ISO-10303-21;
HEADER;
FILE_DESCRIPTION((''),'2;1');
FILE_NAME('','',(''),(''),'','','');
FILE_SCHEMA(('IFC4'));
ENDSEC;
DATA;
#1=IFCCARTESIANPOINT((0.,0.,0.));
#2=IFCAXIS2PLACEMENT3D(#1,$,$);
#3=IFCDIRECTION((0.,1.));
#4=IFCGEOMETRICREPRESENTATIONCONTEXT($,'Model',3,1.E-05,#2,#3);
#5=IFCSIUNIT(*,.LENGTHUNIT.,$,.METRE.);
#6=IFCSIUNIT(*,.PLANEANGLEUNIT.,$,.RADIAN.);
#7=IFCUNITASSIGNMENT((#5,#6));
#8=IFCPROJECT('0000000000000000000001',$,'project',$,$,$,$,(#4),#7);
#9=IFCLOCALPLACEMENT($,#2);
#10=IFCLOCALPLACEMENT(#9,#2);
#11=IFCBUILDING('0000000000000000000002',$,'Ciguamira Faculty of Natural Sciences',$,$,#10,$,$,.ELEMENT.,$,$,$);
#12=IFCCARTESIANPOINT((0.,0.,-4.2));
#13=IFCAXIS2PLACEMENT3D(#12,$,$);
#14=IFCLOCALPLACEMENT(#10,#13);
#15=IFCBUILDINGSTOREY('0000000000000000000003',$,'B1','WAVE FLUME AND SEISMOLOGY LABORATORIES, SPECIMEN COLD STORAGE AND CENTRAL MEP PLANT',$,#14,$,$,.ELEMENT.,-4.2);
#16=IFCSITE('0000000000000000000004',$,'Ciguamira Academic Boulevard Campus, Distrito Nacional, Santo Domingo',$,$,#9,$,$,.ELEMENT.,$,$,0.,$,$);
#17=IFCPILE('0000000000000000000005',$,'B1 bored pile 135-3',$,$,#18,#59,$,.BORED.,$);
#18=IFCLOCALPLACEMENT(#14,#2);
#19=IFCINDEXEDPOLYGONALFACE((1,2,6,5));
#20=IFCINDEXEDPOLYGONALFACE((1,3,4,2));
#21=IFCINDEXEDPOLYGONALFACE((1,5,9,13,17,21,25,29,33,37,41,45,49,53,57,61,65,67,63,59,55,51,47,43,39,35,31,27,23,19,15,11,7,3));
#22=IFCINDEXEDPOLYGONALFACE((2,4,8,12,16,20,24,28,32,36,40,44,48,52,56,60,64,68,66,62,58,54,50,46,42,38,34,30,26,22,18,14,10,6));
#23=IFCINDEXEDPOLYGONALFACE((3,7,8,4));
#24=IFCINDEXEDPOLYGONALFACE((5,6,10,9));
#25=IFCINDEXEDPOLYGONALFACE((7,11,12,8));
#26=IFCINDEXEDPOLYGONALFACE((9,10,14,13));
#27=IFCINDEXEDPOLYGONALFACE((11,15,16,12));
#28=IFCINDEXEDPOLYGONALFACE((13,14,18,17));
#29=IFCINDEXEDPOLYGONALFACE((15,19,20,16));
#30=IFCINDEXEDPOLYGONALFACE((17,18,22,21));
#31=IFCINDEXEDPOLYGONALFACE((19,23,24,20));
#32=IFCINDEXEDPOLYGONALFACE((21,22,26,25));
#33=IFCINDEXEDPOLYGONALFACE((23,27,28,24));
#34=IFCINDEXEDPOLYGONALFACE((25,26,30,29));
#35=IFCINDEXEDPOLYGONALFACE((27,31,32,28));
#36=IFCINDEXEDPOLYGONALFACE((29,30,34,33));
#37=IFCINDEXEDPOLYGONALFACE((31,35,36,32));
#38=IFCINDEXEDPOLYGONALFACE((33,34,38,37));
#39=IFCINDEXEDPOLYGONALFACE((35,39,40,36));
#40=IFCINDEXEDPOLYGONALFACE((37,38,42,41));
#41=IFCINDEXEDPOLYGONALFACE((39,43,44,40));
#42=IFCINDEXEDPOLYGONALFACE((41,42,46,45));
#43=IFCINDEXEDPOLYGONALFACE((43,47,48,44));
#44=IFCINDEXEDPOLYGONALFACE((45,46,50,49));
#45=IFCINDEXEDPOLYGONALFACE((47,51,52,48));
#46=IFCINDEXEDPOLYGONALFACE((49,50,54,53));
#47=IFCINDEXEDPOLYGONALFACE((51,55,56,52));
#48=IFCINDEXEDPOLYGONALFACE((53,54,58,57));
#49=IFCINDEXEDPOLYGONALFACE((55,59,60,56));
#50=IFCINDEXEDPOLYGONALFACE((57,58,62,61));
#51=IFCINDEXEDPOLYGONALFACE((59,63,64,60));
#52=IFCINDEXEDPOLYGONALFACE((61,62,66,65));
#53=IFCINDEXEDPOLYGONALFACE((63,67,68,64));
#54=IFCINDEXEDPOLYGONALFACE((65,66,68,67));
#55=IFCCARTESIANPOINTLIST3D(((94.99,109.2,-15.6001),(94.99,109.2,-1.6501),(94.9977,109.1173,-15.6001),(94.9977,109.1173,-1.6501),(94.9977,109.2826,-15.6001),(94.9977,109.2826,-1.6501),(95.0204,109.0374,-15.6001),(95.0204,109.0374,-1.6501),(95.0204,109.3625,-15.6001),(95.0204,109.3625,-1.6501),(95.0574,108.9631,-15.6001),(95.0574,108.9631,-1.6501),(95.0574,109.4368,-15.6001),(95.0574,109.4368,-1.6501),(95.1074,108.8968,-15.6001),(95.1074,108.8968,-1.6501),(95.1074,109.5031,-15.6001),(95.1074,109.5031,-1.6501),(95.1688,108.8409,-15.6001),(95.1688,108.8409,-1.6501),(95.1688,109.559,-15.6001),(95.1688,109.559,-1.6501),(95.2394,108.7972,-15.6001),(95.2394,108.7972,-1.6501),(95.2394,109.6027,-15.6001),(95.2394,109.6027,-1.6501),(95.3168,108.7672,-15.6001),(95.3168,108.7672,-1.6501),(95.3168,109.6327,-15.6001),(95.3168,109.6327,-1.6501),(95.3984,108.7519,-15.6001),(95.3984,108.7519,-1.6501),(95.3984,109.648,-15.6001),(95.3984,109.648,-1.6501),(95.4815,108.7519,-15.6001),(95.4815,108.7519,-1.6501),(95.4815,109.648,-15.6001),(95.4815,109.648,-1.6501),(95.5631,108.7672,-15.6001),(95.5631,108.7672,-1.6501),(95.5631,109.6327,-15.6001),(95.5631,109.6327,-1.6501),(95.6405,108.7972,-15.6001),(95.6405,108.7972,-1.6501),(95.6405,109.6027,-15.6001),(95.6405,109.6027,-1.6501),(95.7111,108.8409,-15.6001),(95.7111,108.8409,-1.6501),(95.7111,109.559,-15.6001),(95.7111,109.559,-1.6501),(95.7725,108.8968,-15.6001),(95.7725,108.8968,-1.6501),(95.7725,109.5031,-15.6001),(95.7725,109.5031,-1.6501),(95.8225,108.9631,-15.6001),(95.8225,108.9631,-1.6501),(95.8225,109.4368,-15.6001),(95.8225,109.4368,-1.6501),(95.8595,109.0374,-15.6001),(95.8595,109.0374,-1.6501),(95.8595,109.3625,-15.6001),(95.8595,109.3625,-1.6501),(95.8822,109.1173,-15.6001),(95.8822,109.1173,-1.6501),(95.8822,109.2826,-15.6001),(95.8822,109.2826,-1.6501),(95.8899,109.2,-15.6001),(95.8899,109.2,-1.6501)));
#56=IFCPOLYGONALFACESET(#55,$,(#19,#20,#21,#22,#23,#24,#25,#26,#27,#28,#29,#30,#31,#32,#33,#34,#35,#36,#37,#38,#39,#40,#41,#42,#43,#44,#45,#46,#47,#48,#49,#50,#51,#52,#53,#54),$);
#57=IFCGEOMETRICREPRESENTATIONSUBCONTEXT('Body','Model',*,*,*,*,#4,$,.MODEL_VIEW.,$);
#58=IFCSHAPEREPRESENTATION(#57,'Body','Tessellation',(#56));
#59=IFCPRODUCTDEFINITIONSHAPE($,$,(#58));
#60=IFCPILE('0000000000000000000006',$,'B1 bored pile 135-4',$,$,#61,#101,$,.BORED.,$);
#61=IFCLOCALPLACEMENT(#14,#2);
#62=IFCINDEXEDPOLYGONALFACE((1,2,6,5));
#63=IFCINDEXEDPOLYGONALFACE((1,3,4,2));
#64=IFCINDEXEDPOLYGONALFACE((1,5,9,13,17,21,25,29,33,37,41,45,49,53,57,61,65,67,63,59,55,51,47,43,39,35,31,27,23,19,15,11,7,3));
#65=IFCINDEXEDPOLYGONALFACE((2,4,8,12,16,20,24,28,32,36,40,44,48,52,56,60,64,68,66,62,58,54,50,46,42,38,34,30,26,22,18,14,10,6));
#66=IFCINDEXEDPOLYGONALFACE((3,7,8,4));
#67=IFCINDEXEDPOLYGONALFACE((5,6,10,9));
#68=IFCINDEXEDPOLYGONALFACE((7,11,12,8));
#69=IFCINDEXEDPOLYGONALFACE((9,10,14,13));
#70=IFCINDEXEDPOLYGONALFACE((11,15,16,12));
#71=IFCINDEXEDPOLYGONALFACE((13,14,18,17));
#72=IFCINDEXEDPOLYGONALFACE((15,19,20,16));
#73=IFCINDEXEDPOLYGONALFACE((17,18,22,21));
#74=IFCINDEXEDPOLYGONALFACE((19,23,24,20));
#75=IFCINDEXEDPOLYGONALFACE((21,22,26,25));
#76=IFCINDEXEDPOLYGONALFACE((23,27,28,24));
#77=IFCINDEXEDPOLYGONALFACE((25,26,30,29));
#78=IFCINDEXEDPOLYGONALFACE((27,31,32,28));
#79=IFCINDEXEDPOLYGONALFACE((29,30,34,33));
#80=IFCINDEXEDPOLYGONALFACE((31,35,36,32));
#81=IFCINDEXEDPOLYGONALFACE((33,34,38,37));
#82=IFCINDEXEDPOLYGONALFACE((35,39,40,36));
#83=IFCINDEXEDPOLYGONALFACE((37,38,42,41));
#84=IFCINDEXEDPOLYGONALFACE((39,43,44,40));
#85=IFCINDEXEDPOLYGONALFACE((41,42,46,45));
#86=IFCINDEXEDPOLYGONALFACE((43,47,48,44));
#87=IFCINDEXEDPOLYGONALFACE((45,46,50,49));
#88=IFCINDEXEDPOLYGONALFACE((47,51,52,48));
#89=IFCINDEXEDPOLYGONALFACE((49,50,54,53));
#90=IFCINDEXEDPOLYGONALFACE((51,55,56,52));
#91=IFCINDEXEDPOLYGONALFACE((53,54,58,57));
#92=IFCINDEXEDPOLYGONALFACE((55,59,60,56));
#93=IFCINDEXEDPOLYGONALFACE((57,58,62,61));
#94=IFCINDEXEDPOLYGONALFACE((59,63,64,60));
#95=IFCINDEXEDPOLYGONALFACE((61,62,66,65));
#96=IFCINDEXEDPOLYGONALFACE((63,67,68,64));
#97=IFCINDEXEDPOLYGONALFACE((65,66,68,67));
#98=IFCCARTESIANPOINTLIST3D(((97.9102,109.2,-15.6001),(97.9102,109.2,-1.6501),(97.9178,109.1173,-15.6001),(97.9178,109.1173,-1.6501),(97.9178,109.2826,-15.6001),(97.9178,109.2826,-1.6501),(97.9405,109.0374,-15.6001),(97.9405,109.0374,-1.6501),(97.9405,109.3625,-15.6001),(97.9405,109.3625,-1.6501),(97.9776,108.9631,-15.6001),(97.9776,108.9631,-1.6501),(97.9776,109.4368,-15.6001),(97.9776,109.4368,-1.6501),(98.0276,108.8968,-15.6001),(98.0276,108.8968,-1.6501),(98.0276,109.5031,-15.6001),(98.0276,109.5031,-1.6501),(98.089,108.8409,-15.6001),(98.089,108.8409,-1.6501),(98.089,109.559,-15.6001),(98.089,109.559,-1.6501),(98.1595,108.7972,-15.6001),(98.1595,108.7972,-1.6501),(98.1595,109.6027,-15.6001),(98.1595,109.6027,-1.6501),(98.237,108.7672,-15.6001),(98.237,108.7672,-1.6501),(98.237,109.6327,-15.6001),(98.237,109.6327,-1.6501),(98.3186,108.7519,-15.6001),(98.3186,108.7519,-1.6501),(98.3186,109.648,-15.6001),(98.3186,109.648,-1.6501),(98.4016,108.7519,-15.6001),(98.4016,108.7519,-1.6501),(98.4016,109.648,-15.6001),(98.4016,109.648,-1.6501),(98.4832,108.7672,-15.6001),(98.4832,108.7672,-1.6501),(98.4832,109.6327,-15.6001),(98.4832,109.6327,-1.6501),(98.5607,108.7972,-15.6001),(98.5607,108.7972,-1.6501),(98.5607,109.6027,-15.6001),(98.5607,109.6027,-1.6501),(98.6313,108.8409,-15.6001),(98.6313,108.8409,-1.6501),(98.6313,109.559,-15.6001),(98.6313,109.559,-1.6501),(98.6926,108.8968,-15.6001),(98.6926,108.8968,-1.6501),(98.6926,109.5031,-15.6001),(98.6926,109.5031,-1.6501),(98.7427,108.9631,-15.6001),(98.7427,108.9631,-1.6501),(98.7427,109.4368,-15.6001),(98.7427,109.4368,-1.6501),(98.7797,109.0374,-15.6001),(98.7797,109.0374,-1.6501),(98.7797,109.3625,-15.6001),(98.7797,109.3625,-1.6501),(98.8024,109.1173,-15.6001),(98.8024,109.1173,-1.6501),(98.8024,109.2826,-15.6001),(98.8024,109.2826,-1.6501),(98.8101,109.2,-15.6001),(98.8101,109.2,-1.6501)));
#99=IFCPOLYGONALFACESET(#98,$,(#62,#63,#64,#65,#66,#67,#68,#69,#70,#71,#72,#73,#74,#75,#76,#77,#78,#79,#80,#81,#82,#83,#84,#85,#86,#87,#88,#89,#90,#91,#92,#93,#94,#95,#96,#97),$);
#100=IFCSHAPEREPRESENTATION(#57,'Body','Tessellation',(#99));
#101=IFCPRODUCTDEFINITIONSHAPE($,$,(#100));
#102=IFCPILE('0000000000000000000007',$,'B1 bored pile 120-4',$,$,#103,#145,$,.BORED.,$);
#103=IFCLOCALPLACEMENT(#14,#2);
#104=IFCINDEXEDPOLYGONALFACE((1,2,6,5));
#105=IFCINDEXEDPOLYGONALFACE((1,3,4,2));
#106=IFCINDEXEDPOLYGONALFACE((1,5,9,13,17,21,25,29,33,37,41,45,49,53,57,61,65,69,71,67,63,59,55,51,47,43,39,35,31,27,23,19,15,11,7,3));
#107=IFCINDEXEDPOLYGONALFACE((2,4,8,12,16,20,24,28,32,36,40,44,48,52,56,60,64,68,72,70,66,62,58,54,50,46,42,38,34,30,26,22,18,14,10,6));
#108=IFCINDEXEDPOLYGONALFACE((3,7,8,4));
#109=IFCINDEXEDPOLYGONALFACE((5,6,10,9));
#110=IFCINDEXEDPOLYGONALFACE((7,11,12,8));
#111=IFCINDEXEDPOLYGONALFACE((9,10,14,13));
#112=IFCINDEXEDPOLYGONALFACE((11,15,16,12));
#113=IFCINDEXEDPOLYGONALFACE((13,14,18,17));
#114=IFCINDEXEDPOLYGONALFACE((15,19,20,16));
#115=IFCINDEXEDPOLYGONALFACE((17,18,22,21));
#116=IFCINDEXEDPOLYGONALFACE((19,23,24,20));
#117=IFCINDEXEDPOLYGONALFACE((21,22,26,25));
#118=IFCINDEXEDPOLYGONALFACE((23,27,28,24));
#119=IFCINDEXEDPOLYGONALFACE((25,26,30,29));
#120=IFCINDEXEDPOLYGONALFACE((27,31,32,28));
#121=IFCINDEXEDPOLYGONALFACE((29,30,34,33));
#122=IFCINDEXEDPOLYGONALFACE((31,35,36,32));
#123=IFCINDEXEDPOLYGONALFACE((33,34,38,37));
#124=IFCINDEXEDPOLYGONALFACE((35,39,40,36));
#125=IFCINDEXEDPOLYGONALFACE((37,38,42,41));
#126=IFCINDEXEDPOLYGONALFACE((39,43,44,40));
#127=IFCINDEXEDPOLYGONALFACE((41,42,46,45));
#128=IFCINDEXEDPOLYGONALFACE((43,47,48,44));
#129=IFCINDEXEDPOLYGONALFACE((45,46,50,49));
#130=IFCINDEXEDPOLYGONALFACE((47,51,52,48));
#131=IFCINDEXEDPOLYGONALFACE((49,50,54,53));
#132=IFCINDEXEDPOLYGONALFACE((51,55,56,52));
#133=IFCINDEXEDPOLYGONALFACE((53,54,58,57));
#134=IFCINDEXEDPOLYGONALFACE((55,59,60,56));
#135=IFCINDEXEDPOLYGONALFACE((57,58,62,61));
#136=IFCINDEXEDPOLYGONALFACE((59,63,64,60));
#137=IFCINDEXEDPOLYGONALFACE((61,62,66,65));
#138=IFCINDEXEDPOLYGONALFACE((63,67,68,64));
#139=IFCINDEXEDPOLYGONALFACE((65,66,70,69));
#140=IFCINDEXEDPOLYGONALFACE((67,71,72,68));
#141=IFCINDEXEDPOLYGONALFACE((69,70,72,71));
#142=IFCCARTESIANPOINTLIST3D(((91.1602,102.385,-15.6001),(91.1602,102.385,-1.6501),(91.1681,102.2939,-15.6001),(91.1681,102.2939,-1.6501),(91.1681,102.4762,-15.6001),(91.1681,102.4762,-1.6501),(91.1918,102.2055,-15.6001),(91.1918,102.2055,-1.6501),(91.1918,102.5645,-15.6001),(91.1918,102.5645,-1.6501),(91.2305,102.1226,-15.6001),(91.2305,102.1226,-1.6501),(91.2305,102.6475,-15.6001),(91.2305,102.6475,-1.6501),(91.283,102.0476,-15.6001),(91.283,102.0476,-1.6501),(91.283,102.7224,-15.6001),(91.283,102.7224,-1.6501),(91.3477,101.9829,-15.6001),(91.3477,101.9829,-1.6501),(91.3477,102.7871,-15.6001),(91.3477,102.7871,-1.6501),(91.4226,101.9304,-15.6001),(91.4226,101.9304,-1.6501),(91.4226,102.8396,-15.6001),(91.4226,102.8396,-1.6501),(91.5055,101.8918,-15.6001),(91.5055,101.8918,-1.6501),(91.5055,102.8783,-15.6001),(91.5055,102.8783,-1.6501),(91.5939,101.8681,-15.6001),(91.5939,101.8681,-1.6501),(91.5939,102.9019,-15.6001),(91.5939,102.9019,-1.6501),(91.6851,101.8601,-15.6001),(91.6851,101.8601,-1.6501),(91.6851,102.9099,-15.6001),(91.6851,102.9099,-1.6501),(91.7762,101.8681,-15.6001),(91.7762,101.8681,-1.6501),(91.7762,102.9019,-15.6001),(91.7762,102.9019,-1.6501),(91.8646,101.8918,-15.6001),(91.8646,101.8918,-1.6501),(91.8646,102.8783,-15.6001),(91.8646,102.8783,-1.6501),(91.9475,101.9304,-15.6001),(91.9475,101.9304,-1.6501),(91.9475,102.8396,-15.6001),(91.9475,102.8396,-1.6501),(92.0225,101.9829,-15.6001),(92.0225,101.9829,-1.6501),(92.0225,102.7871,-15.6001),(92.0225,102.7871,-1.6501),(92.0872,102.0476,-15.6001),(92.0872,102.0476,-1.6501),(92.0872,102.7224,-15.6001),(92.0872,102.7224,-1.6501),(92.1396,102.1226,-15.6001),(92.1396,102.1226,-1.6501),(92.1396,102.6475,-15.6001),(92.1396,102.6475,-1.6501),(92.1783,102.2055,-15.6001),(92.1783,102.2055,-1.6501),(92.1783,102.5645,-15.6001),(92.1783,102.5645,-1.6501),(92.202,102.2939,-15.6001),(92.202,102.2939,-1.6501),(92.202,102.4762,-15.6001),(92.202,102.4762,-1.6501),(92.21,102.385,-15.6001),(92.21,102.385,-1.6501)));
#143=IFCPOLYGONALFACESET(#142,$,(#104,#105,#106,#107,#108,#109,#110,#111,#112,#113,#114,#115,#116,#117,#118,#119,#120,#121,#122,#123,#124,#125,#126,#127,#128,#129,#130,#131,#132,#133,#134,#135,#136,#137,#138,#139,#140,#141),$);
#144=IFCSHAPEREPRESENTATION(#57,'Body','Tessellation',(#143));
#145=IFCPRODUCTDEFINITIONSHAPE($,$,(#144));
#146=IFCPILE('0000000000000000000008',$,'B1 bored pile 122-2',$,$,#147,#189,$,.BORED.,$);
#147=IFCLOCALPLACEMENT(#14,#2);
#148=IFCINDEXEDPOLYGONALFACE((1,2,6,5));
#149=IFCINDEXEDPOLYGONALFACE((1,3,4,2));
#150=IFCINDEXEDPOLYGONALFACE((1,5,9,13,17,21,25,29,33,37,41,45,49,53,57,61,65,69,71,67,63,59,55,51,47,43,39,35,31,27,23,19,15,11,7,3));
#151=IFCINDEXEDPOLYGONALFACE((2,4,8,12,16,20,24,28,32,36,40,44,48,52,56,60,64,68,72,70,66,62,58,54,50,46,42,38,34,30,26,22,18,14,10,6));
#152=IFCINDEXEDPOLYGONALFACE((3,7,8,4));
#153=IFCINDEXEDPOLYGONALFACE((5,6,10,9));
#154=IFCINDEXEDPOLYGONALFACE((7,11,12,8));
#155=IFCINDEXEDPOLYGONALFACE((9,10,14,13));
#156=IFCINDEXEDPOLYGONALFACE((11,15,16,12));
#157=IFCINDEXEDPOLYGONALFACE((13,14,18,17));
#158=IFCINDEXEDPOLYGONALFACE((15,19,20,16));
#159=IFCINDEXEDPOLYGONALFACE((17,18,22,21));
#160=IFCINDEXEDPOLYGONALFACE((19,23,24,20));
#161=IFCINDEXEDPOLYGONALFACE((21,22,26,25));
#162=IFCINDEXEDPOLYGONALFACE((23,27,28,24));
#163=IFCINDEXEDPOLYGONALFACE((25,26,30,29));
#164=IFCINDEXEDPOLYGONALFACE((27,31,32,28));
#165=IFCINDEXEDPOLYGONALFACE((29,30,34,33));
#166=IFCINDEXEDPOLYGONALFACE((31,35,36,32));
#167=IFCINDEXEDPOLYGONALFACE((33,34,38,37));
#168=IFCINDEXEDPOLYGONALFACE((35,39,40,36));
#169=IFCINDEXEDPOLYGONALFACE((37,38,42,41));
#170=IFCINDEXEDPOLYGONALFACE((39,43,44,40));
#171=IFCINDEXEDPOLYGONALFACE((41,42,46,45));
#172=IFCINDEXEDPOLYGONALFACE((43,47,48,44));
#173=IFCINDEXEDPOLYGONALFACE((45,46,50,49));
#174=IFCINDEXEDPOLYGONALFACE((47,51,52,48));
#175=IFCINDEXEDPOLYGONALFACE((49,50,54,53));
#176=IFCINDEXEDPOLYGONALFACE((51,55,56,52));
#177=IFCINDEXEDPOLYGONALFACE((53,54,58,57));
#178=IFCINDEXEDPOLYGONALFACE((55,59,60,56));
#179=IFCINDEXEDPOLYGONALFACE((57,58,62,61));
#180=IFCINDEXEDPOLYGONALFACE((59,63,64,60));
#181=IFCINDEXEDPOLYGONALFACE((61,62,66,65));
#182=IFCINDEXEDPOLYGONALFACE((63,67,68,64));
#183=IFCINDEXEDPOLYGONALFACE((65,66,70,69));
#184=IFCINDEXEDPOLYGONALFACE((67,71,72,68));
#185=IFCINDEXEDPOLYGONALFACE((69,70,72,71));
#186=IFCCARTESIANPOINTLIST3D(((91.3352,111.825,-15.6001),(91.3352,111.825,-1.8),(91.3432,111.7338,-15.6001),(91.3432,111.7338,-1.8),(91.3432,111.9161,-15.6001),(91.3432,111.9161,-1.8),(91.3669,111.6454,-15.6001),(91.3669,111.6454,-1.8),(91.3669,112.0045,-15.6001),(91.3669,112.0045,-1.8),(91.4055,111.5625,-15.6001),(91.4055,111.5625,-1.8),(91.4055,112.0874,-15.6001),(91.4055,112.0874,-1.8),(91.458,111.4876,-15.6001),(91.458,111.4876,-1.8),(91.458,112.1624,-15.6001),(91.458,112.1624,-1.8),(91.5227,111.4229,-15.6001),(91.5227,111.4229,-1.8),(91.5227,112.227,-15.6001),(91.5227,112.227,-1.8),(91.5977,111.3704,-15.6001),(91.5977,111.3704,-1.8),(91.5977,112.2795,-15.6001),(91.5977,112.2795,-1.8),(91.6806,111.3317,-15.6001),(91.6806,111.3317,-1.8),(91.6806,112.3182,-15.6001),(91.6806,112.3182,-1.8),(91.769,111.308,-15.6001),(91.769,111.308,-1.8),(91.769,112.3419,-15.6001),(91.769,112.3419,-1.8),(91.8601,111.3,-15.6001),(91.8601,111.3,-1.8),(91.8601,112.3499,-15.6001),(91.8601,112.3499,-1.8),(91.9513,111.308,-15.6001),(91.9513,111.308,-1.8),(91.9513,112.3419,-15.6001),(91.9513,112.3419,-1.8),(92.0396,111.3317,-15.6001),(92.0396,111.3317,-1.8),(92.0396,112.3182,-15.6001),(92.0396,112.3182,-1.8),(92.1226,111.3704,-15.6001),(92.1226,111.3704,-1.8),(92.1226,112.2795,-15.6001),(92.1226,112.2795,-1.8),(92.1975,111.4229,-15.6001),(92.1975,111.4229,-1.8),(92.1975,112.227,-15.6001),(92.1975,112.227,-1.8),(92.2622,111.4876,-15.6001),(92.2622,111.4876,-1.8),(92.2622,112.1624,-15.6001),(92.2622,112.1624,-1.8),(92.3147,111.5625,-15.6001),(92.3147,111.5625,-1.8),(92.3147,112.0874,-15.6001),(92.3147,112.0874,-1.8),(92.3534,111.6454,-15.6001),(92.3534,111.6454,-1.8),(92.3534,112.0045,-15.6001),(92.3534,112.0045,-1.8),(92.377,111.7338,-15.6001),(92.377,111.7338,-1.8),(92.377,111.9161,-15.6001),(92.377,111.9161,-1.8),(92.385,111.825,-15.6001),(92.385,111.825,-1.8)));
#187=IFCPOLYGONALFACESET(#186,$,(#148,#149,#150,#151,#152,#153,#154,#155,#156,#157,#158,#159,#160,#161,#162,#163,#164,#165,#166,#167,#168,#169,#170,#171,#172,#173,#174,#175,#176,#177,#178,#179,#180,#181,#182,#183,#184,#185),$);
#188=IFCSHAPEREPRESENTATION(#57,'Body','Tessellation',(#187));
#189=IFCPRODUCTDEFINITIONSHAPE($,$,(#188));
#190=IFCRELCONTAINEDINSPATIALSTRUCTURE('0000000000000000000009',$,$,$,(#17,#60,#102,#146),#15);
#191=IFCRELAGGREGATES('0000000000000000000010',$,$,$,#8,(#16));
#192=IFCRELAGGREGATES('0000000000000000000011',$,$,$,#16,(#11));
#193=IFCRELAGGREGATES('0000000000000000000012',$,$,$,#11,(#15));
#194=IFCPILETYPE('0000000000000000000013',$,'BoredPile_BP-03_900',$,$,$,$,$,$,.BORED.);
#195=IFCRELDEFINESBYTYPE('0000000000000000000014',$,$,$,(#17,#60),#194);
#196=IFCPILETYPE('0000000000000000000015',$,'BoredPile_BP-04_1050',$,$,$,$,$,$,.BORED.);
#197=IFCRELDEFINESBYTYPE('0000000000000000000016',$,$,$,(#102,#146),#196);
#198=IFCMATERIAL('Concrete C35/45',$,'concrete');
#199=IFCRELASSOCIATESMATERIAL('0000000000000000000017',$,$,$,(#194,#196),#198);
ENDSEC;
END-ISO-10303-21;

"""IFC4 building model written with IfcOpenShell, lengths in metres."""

from ifc_helpers import new_model, si_unit, direction, frame, origin, origin_2d, place, context, subcontext, project, spatial, circle, extrude, material, material_profile, profile_set, type_object, element, save


model = new_model("IFC4")

# Units and contexts
model_context = context("Model", 3, precision=1e-05, world=origin(), true_north=direction((0.0, 1.0)))
body_context = subcontext(model_context, "Body", "Model", "MODEL_VIEW")
ifc_project = project(units=[si_unit("LENGTHUNIT", "METRE"), si_unit("PLANEANGLEUNIT", "RADIAN")], contexts=[model_context])

# Site, building, storey
site_placement = place(None, origin())
site = spatial("IfcSite", under=ifc_project, at=site_placement, Name="Ciguamira Academic Boulevard Campus, Distrito Nacional, Santo Domingo", CompositionType="ELEMENT", RefElevation=0.0)
building_placement = place(site_placement, origin())
building = spatial("IfcBuilding", under=site, at=building_placement, Name="Ciguamira Faculty of Natural Sciences", CompositionType="ELEMENT")
storey_placement = place(building_placement, frame((0.0, 0.0, -4.2)))
storey = spatial("IfcBuildingStorey", under=building, at=storey_placement, Name="B1", Description="WAVE FLUME AND SEISMOLOGY LABORATORIES, SPECIMEN COLD STORAGE AND CENTRAL MEP PLANT", CompositionType="ELEMENT", Elevation=-4.2)

# Piles
ifc_material_1 = material(Name="Concrete C35/45", Category="concrete")
ifc_material_profile_1 = material_profile(ifc_material_1, circle(Radius=0.45, at=origin_2d()), Name="PILE-BORED-900")
ifc_profile_set_1 = profile_set([ifc_material_profile_1], Name="Concrete C35/45")
pile_type_1 = type_object("IfcPileType", Name="BoredPile_BP-03_900", PredefinedType="BORED", material=ifc_profile_set_1)
for number, where, z_axis, x_axis, name in (
    (1, (95.4399, 109.2, -1.6501), (0.0, 0.0, -1.0), (1.0, 0.0, 0.0), "B1 bored pile 135-3"),
    (2, (98.3601, 109.2, -1.6501), (0.0, 0.0, -1.0), (1.0, 0.0, 0.0), "B1 bored pile 135-4"),
):
    element("IfcPile", number, at=place(storey_placement, frame(where, z_axis=z_axis, x_axis=x_axis)), inside=storey, type_object=pile_type_1, Name=name, PredefinedType="BORED", context=body_context, shape_type="SweptSolid", body=[
        extrude(circle(Radius=0.45, at=origin_2d()), origin(), (0.0, 0.0, 1.0), 13.95),
    ])
ifc_material_profile_2 = material_profile(ifc_material_1, circle(Radius=0.5249, at=origin_2d()), Name="PILE-BORED-1050")
ifc_profile_set_2 = profile_set([ifc_material_profile_2], Name="Concrete C35/45")
pile_type_2 = type_object("IfcPileType", Name="BoredPile_BP-04_1050", PredefinedType="BORED", material=ifc_profile_set_2)
pile_placement = place(storey_placement, frame((91.6851, 102.385, -1.6501), z_axis=(0.0, 0.0, -1.0), x_axis=(1.0, 0.0, 0.0)))
element("IfcPile", 3, at=pile_placement, inside=storey, type_object=pile_type_2, Name="B1 bored pile 120-4", PredefinedType="BORED", context=body_context, shape_type="SweptSolid", body=[
    extrude(circle(Radius=0.5249, at=origin_2d()), origin(), (0.0, 0.0, 1.0), 13.95),
])
for number, where, z_axis, x_axis, name in (
    (4, (91.8601, 111.825, -1.8), (0.0, 0.0, -1.0), (1.0, 0.0, 0.0), "B1 bored pile 122-2"),
):
    element("IfcPile", number, at=place(storey_placement, frame(where, z_axis=z_axis, x_axis=x_axis)), inside=storey, type_object=pile_type_2, Name=name, PredefinedType="BORED", context=body_context, shape_type="SweptSolid", body=[
        extrude(circle(Radius=0.5249, at=origin_2d()), origin(), (0.0, 0.0, 1.0), 13.8),
    ])

save(model, "model.ifc")
